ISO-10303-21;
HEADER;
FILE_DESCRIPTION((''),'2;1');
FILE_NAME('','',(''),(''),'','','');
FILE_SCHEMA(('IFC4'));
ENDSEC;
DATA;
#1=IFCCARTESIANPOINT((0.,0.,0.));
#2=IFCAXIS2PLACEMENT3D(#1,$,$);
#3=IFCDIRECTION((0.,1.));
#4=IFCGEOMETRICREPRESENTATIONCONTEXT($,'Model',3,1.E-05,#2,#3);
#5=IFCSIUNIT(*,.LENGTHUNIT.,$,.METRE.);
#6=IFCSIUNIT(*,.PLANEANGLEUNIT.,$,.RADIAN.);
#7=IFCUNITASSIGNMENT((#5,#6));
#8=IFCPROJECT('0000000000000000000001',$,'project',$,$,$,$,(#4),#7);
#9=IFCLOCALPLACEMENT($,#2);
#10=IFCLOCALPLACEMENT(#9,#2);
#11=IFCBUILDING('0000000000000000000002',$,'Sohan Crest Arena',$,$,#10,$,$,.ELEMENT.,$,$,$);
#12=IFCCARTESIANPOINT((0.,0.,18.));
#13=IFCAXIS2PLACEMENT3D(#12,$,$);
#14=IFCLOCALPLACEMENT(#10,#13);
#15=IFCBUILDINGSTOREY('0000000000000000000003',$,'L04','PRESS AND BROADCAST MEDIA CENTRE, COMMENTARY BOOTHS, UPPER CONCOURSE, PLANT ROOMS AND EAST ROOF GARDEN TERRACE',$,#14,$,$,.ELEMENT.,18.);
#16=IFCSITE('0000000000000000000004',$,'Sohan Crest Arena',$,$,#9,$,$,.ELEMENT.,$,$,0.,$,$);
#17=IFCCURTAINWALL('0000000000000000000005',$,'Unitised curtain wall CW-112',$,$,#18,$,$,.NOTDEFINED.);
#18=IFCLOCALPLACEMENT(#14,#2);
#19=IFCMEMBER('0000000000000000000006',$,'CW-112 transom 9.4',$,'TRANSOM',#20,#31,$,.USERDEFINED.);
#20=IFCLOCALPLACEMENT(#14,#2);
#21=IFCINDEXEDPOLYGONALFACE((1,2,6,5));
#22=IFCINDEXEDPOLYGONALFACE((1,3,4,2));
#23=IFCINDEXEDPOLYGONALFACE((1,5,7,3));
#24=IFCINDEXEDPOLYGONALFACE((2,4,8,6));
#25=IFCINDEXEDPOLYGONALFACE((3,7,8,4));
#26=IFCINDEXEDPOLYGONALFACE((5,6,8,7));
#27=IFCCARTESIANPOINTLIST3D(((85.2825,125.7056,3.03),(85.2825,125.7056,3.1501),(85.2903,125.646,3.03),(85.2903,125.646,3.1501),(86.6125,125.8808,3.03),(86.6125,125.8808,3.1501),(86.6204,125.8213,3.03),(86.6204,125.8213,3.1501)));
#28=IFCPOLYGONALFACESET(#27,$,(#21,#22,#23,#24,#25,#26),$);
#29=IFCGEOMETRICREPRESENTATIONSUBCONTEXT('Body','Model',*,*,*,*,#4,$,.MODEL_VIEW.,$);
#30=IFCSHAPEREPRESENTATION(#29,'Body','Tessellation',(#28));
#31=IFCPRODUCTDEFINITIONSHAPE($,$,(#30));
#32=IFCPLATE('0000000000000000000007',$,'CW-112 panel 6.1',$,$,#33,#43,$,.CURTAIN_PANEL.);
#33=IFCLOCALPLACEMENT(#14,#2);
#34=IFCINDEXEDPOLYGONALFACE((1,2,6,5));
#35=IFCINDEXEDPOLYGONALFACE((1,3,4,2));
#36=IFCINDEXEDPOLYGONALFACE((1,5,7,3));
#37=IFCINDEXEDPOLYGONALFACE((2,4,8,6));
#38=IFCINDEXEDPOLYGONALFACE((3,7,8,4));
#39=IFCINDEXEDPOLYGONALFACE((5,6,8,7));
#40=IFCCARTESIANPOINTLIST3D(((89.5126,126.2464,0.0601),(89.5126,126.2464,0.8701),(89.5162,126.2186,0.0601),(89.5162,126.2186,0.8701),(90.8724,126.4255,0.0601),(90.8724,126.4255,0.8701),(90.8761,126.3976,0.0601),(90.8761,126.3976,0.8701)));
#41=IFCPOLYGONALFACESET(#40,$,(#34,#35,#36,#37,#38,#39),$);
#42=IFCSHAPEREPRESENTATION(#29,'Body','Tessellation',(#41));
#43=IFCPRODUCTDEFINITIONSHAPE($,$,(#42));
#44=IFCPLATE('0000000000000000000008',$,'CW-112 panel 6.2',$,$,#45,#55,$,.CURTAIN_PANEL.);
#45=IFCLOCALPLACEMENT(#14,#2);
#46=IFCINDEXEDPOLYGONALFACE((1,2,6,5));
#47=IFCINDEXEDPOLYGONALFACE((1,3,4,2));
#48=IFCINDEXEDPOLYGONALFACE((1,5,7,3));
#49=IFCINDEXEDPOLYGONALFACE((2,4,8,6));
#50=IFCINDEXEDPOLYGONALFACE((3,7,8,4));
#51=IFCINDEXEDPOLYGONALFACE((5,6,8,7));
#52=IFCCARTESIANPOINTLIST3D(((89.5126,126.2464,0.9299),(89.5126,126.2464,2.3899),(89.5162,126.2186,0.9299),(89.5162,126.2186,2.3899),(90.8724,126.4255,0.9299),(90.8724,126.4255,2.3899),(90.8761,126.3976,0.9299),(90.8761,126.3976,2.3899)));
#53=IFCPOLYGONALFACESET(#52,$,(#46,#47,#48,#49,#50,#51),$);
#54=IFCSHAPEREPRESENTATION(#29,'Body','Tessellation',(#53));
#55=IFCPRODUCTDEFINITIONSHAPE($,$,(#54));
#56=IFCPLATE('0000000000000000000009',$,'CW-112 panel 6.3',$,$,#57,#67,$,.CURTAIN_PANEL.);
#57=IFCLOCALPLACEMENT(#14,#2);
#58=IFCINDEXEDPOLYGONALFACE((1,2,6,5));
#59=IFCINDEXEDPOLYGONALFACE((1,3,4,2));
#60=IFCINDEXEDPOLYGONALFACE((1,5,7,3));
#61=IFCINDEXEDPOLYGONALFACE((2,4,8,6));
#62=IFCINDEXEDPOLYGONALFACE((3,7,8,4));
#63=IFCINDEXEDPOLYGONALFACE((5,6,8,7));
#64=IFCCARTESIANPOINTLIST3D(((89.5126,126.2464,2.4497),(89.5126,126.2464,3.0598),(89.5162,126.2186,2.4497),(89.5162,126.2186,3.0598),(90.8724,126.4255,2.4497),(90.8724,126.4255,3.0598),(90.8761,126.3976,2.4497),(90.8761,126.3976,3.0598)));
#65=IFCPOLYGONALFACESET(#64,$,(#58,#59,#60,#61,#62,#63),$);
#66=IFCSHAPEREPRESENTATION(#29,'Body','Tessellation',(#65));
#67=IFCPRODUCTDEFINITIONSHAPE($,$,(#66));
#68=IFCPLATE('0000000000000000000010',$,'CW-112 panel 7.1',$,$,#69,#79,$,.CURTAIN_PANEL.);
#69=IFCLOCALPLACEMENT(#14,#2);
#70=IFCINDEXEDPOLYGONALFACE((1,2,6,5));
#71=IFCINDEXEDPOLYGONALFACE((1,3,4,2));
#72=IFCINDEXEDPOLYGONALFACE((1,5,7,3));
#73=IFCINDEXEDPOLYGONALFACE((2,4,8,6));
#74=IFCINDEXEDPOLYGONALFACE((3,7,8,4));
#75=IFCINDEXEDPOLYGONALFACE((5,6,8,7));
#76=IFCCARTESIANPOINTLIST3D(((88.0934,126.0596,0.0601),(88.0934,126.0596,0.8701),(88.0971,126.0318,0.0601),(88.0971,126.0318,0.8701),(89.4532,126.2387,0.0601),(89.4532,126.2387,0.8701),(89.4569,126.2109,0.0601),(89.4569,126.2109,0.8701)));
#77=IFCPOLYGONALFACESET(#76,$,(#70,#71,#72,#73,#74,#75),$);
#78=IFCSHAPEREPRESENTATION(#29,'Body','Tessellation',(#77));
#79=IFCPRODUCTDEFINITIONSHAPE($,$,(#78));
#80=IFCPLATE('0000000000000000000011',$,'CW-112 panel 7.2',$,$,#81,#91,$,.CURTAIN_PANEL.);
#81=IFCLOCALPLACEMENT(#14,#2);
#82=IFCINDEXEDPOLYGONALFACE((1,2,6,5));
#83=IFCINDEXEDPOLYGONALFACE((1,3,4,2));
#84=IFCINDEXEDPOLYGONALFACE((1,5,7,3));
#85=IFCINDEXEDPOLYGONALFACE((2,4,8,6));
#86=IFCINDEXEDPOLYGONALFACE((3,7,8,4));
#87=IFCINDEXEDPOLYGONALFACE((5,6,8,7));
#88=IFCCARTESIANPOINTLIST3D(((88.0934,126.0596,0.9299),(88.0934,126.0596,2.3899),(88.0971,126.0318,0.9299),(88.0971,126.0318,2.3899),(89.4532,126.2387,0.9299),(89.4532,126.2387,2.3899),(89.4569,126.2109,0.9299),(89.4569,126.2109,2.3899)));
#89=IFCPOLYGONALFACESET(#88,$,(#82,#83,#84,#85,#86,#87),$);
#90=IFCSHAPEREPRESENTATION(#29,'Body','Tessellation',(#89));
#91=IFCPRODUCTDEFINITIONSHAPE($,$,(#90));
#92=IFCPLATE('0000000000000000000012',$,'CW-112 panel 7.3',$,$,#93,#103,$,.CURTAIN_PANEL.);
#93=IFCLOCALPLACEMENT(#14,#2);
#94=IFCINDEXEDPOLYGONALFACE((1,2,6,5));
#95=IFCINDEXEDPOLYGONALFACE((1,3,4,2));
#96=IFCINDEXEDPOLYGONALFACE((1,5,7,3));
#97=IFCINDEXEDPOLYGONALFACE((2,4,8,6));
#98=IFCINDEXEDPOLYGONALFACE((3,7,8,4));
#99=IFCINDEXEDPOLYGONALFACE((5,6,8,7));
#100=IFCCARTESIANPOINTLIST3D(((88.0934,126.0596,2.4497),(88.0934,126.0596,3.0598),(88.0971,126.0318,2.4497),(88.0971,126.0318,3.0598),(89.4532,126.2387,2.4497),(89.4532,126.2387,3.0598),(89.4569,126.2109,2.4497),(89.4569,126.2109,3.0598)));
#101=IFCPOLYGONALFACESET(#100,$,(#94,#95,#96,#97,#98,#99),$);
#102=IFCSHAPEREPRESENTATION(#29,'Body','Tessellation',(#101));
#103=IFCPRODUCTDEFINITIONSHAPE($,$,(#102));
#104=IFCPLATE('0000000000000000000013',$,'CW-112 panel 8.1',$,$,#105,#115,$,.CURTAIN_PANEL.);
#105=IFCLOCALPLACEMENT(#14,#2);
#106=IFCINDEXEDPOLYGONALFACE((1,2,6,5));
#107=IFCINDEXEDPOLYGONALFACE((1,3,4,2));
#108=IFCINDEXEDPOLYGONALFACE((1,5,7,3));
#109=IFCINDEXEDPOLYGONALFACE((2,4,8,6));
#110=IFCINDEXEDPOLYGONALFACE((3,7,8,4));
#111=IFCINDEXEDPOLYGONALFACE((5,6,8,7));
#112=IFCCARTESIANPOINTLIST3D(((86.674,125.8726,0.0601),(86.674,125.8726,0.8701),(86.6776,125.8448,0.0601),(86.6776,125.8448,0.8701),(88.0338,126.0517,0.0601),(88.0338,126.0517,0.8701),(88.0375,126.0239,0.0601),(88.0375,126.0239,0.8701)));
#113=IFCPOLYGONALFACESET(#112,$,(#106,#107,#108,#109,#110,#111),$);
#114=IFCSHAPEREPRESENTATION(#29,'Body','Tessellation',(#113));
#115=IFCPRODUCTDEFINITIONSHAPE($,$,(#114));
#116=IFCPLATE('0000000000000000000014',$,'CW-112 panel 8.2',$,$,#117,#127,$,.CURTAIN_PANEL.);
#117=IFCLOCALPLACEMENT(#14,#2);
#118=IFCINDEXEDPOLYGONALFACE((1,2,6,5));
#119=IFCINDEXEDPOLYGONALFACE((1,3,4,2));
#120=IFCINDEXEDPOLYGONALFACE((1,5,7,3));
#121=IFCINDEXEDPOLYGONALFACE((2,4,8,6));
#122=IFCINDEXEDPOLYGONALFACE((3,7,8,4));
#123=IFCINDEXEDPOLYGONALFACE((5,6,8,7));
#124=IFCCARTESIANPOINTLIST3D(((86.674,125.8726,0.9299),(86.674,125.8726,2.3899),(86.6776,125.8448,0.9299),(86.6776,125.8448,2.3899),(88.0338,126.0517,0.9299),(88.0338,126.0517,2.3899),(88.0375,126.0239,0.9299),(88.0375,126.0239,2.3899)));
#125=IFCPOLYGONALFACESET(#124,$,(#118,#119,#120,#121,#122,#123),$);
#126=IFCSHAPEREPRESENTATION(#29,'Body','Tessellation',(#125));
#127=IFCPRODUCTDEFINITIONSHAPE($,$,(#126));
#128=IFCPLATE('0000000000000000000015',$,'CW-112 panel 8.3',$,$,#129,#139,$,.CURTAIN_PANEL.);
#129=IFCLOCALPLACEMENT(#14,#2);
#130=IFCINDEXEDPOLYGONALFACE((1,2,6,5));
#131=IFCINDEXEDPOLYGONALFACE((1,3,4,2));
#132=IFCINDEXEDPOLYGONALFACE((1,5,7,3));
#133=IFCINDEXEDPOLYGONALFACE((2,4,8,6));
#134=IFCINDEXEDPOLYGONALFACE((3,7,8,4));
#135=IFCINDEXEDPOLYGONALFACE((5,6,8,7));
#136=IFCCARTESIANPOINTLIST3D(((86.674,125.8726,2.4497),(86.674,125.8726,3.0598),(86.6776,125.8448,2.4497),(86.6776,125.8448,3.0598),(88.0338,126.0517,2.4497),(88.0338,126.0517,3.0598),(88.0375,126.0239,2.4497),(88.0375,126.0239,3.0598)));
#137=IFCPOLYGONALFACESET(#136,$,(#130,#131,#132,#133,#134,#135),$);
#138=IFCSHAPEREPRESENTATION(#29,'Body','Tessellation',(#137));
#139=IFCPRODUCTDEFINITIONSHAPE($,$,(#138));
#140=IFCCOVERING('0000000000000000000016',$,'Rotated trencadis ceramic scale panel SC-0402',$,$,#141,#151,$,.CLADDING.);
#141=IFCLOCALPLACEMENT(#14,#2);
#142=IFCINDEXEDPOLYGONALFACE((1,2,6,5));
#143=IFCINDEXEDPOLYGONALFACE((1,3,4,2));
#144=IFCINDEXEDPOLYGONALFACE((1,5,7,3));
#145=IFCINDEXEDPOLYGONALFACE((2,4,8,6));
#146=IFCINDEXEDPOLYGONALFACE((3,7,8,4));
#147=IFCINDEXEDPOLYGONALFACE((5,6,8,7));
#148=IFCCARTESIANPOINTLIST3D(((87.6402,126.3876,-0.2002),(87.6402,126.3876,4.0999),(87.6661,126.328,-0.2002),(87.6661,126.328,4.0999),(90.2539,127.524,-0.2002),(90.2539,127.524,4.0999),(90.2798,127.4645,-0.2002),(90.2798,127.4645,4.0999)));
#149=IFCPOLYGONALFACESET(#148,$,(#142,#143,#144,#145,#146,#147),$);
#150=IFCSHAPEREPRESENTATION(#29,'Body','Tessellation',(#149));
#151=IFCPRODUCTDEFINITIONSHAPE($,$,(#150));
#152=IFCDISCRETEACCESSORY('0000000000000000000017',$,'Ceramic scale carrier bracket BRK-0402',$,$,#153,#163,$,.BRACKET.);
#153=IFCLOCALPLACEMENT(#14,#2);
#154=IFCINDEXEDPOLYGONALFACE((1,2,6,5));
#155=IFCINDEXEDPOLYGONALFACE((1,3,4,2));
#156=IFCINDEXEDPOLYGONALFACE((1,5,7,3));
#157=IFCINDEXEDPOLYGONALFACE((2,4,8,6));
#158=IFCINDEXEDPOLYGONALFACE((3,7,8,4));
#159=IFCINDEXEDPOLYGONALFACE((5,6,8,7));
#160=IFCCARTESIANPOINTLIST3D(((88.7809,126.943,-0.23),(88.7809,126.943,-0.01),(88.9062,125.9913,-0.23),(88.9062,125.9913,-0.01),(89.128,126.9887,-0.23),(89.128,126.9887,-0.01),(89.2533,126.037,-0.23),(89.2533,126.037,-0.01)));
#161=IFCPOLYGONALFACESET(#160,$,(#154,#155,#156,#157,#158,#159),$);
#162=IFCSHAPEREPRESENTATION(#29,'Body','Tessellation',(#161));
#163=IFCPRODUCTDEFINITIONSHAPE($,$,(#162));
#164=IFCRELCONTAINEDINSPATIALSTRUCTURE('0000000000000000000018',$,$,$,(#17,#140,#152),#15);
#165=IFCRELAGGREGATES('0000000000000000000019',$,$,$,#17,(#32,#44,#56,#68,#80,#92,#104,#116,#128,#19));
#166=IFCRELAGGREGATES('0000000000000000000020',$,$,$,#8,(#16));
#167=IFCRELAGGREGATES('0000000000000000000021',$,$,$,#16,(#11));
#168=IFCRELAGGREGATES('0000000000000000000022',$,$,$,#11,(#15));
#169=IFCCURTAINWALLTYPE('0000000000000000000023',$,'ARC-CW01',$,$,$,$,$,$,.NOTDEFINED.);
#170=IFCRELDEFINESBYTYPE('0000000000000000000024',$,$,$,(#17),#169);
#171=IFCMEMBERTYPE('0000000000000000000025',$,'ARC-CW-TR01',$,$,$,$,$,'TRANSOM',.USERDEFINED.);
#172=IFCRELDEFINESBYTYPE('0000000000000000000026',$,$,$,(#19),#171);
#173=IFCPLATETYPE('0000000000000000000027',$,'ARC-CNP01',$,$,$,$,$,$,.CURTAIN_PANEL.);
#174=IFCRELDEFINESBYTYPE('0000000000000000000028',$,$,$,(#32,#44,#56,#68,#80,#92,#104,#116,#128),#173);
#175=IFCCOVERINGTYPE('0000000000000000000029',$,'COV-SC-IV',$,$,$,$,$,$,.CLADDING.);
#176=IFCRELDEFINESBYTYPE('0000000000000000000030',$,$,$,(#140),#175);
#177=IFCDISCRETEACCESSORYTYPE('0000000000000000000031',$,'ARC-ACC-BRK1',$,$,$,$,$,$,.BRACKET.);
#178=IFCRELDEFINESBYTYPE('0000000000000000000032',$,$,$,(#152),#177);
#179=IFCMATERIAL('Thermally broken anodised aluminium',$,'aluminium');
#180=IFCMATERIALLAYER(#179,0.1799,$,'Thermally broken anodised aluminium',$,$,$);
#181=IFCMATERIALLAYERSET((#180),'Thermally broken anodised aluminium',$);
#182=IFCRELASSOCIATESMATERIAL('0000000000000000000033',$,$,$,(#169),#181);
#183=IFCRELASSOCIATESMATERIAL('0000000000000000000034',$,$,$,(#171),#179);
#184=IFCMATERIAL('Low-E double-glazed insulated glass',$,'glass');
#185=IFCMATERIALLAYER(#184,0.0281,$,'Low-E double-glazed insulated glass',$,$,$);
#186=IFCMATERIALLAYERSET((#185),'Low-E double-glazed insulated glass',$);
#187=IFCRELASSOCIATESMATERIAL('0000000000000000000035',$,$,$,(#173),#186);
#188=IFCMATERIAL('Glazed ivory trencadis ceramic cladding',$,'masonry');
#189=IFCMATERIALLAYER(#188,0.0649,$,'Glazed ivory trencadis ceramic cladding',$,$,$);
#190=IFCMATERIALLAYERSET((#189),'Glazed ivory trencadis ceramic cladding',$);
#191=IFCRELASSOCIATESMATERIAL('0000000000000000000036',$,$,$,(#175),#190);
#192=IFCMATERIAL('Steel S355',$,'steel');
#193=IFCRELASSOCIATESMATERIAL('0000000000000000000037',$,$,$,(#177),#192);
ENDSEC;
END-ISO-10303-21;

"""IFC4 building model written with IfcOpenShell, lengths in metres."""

from ifc_helpers import new_model, si_unit, direction, frame, origin, origin_2d, place, context, subcontext, project, spatial, rectangle, extrude, material, layer, layer_set, material_profile, profile_set, type_object, element, aggregate, save


model = new_model("IFC4")

# Units and contexts
model_context = context("Model", 3, precision=1e-05, world=origin(), true_north=direction((0.0, 1.0)))
body_context = subcontext(model_context, "Body", "Model", "MODEL_VIEW")
ifc_project = project(units=[si_unit("LENGTHUNIT", "METRE"), si_unit("PLANEANGLEUNIT", "RADIAN")], contexts=[model_context])

# Site, building, storey
site_placement = place(None, origin())
site = spatial("IfcSite", under=ifc_project, at=site_placement, Name="Sohan Crest Arena", CompositionType="ELEMENT", RefElevation=0.0)
building_placement = place(site_placement, origin())
building = spatial("IfcBuilding", under=site, at=building_placement, Name="Sohan Crest Arena", CompositionType="ELEMENT")
storey_placement = place(building_placement, frame((0.0, 0.0, 18.0)))
storey = spatial("IfcBuildingStorey", under=building, at=storey_placement, Name="L04", Description="PRESS AND BROADCAST MEDIA CENTRE, COMMENTARY BOOTHS, UPPER CONCOURSE, PLANT ROOMS AND EAST ROOF GARDEN TERRACE", CompositionType="ELEMENT", Elevation=18.0)

# Curtain wall, member, plates
ifc_material_1 = material(Name="Thermally broken anodised aluminium", Category="aluminium")
ifc_layer_1 = layer(ifc_material_1, 0.1799, Name="Thermally broken anodised aluminium")
ifc_layer_set_1 = layer_set([ifc_layer_1], Name="Thermally broken anodised aluminium")
curtain_wall_type = type_object("IfcCurtainWallType", Name="ARC-CW01", PredefinedType="NOTDEFINED", material=ifc_layer_set_1)
curtain_wall_placement = place(storey_placement, origin())
curtain_wall = element("IfcCurtainWall", 1, at=curtain_wall_placement, inside=storey, type_object=curtain_wall_type, Name="Unitised curtain wall CW-112", PredefinedType="NOTDEFINED")
ifc_material_profile_1 = material_profile(ifc_material_1, rectangle(XDim=0.0601, YDim=0.1201, at=origin_2d()), Name="ALU-TRAN 60x120")
ifc_profile_set_1 = profile_set([ifc_material_profile_1], Name="Thermally broken anodised aluminium")
member_type_1 = type_object("IfcMemberType", Name="ARC-CW-TR01", ElementType="TRANSOM", PredefinedType="USERDEFINED", material=ifc_profile_set_1)
member_1_placement = place(storey_placement, frame((86.6165, 125.8511, 3.0901), z_axis=(-0.991427, -0.130662, 0.0), x_axis=(0.130662, -0.991427, 0.0)))
member_1 = element("IfcMember", 2, at=member_1_placement, type_object=member_type_1, Name="CW-112 transom 9.4", ObjectType="TRANSOM", PredefinedType="USERDEFINED", context=body_context, shape_type="SweptSolid", body=[
    extrude(rectangle(XDim=0.0601, YDim=0.1201, at=origin_2d()), origin(), (0.0, 0.0, 1.0), 1.3416),
])
ifc_material_2 = material(Name="Low-E double-glazed insulated glass", Category="glass")
ifc_layer_2 = layer(ifc_material_2, 0.0281, Name="Low-E double-glazed insulated glass")
ifc_layer_set_2 = layer_set([ifc_layer_2], Name="Low-E double-glazed insulated glass")
plate_type = type_object("IfcPlateType", Name="ARC-CNP01", PredefinedType="CURTAIN_PANEL", material=ifc_layer_set_2)
plate_1_placement = place(storey_placement, frame((90.1943, 126.322, 0.0601), z_axis=(0.0, 0.0, 1.0), x_axis=(-0.991441, -0.130557, 0.0)))
plate_1 = element("IfcPlate", 3, at=plate_1_placement, type_object=plate_type, Name="CW-112 panel 6.1", PredefinedType="CURTAIN_PANEL", context=body_context, shape_type="SweptSolid", body=[
    extrude(rectangle(XDim=1.3716, YDim=0.0281, at=origin_2d()), origin(), (0.0, 0.0, 1.0), 0.8101),
])
plate_2_placement = place(storey_placement, frame((90.1943, 126.322, 0.9299), z_axis=(0.0, 0.0, 1.0), x_axis=(-0.991441, -0.130557, 0.0)))
plate_2 = element("IfcPlate", 4, at=plate_2_placement, type_object=plate_type, Name="CW-112 panel 6.2", PredefinedType="CURTAIN_PANEL", context=body_context, shape_type="SweptSolid", body=[
    extrude(rectangle(XDim=1.3716, YDim=0.0281, at=origin_2d()), origin(), (0.0, 0.0, 1.0), 1.46),
])
plate_3_placement = place(storey_placement, frame((90.1943, 126.322, 2.4497), z_axis=(0.0, 0.0, 1.0), x_axis=(-0.991441, -0.130557, 0.0)))
plate_3 = element("IfcPlate", 5, at=plate_3_placement, type_object=plate_type, Name="CW-112 panel 6.3", PredefinedType="CURTAIN_PANEL", context=body_context, shape_type="SweptSolid", body=[
    extrude(rectangle(XDim=1.3716, YDim=0.0281, at=origin_2d()), origin(), (0.0, 0.0, 1.0), 0.6101),
])
plate_4_placement = place(storey_placement, frame((88.7751, 126.1353, 0.0601), z_axis=(0.0, 0.0, 1.0), x_axis=(-0.991441, -0.130557, 0.0)))
plate_4 = element("IfcPlate", 6, at=plate_4_placement, type_object=plate_type, Name="CW-112 panel 7.1", PredefinedType="CURTAIN_PANEL", context=body_context, shape_type="SweptSolid", body=[
    extrude(rectangle(XDim=1.3716, YDim=0.0281, at=origin_2d()), origin(), (0.0, 0.0, 1.0), 0.8101),
])
plate_5_placement = place(storey_placement, frame((88.7751, 126.1353, 0.9299), z_axis=(0.0, 0.0, 1.0), x_axis=(-0.991441, -0.130557, 0.0)))
plate_5 = element("IfcPlate", 7, at=plate_5_placement, type_object=plate_type, Name="CW-112 panel 7.2", PredefinedType="CURTAIN_PANEL", context=body_context, shape_type="SweptSolid", body=[
    extrude(rectangle(XDim=1.3716, YDim=0.0281, at=origin_2d()), origin(), (0.0, 0.0, 1.0), 1.46),
])
plate_6_placement = place(storey_placement, frame((88.7751, 126.1353, 2.4497), z_axis=(0.0, 0.0, 1.0), x_axis=(-0.991441, -0.130557, 0.0)))
plate_6 = element("IfcPlate", 8, at=plate_6_placement, type_object=plate_type, Name="CW-112 panel 7.3", PredefinedType="CURTAIN_PANEL", context=body_context, shape_type="SweptSolid", body=[
    extrude(rectangle(XDim=1.3716, YDim=0.0281, at=origin_2d()), origin(), (0.0, 0.0, 1.0), 0.6101),
])
plate_7_placement = place(storey_placement, frame((87.3557, 125.9482, 0.0601), z_axis=(0.0, 0.0, 1.0), x_axis=(-0.991441, -0.130557, 0.0)))
plate_7 = element("IfcPlate", 9, at=plate_7_placement, type_object=plate_type, Name="CW-112 panel 8.1", PredefinedType="CURTAIN_PANEL", context=body_context, shape_type="SweptSolid", body=[
    extrude(rectangle(XDim=1.3716, YDim=0.0281, at=origin_2d()), origin(), (0.0, 0.0, 1.0), 0.8101),
])
plate_8_placement = place(storey_placement, frame((87.3557, 125.9482, 0.9299), z_axis=(0.0, 0.0, 1.0), x_axis=(-0.991441, -0.130557, 0.0)))
plate_8 = element("IfcPlate", 10, at=plate_8_placement, type_object=plate_type, Name="CW-112 panel 8.2", PredefinedType="CURTAIN_PANEL", context=body_context, shape_type="SweptSolid", body=[
    extrude(rectangle(XDim=1.3716, YDim=0.0281, at=origin_2d()), origin(), (0.0, 0.0, 1.0), 1.46),
])
plate_9_placement = place(storey_placement, frame((87.3557, 125.9482, 2.4497), z_axis=(0.0, 0.0, 1.0), x_axis=(-0.991441, -0.130557, 0.0)))
plate_9 = element("IfcPlate", 11, at=plate_9_placement, type_object=plate_type, Name="CW-112 panel 8.3", PredefinedType="CURTAIN_PANEL", context=body_context, shape_type="SweptSolid", body=[
    extrude(rectangle(XDim=1.3716, YDim=0.0281, at=origin_2d()), origin(), (0.0, 0.0, 1.0), 0.6101),
])
aggregate(curtain_wall, [plate_1, plate_2, plate_3, plate_4, plate_5, plate_6, plate_7, plate_8, plate_9, member_1])

# Covering
ifc_material_3 = material(Name="Glazed ivory trencadis ceramic cladding", Category="masonry")
ifc_layer_3 = layer(ifc_material_3, 0.0649, Name="Glazed ivory trencadis ceramic cladding")
ifc_layer_set_3 = layer_set([ifc_layer_3], Name="Glazed ivory trencadis ceramic cladding")
covering_type = type_object("IfcCoveringType", Name="COV-SC-IV", PredefinedType="CLADDING", material=ifc_layer_set_3)
covering_placement = place(storey_placement, frame((88.96, 126.926, -0.2002), z_axis=(0.0, 0.0, 1.0), x_axis=(-0.91706, -0.398749, 0.0)))
element("IfcCovering", 12, at=covering_placement, inside=storey, type_object=covering_type, Name="Rotated trencadis ceramic scale panel SC-0402", PredefinedType="CLADDING", context=body_context, shape_type="SweptSolid", body=[
    extrude(rectangle(XDim=2.8501, YDim=0.0649, at=origin_2d()), origin(), (0.0, 0.0, 1.0), 4.3),
])

# Discrete accessory
ifc_material_4 = material(Name="Steel S355", Category="steel")
discrete_accessory_type = type_object("IfcDiscreteAccessoryType", Name="ARC-ACC-BRK1", PredefinedType="BRACKET", material=ifc_material_4)
discrete_accessory_placement = place(storey_placement, frame((89.0171, 126.49, -0.23), z_axis=(0.0, 0.0, 1.0), x_axis=(-0.991445, -0.130526, 0.0)))
element("IfcDiscreteAccessory", 13, at=discrete_accessory_placement, inside=storey, type_object=discrete_accessory_type, Name="Ceramic scale carrier bracket BRK-0402", PredefinedType="BRACKET", context=body_context, shape_type="SweptSolid", body=[
    extrude(rectangle(XDim=0.3501, YDim=0.96, at=origin_2d()), origin(), (0.0, 0.0, 1.0), 0.22),
])

save(model, "model.ifc")
